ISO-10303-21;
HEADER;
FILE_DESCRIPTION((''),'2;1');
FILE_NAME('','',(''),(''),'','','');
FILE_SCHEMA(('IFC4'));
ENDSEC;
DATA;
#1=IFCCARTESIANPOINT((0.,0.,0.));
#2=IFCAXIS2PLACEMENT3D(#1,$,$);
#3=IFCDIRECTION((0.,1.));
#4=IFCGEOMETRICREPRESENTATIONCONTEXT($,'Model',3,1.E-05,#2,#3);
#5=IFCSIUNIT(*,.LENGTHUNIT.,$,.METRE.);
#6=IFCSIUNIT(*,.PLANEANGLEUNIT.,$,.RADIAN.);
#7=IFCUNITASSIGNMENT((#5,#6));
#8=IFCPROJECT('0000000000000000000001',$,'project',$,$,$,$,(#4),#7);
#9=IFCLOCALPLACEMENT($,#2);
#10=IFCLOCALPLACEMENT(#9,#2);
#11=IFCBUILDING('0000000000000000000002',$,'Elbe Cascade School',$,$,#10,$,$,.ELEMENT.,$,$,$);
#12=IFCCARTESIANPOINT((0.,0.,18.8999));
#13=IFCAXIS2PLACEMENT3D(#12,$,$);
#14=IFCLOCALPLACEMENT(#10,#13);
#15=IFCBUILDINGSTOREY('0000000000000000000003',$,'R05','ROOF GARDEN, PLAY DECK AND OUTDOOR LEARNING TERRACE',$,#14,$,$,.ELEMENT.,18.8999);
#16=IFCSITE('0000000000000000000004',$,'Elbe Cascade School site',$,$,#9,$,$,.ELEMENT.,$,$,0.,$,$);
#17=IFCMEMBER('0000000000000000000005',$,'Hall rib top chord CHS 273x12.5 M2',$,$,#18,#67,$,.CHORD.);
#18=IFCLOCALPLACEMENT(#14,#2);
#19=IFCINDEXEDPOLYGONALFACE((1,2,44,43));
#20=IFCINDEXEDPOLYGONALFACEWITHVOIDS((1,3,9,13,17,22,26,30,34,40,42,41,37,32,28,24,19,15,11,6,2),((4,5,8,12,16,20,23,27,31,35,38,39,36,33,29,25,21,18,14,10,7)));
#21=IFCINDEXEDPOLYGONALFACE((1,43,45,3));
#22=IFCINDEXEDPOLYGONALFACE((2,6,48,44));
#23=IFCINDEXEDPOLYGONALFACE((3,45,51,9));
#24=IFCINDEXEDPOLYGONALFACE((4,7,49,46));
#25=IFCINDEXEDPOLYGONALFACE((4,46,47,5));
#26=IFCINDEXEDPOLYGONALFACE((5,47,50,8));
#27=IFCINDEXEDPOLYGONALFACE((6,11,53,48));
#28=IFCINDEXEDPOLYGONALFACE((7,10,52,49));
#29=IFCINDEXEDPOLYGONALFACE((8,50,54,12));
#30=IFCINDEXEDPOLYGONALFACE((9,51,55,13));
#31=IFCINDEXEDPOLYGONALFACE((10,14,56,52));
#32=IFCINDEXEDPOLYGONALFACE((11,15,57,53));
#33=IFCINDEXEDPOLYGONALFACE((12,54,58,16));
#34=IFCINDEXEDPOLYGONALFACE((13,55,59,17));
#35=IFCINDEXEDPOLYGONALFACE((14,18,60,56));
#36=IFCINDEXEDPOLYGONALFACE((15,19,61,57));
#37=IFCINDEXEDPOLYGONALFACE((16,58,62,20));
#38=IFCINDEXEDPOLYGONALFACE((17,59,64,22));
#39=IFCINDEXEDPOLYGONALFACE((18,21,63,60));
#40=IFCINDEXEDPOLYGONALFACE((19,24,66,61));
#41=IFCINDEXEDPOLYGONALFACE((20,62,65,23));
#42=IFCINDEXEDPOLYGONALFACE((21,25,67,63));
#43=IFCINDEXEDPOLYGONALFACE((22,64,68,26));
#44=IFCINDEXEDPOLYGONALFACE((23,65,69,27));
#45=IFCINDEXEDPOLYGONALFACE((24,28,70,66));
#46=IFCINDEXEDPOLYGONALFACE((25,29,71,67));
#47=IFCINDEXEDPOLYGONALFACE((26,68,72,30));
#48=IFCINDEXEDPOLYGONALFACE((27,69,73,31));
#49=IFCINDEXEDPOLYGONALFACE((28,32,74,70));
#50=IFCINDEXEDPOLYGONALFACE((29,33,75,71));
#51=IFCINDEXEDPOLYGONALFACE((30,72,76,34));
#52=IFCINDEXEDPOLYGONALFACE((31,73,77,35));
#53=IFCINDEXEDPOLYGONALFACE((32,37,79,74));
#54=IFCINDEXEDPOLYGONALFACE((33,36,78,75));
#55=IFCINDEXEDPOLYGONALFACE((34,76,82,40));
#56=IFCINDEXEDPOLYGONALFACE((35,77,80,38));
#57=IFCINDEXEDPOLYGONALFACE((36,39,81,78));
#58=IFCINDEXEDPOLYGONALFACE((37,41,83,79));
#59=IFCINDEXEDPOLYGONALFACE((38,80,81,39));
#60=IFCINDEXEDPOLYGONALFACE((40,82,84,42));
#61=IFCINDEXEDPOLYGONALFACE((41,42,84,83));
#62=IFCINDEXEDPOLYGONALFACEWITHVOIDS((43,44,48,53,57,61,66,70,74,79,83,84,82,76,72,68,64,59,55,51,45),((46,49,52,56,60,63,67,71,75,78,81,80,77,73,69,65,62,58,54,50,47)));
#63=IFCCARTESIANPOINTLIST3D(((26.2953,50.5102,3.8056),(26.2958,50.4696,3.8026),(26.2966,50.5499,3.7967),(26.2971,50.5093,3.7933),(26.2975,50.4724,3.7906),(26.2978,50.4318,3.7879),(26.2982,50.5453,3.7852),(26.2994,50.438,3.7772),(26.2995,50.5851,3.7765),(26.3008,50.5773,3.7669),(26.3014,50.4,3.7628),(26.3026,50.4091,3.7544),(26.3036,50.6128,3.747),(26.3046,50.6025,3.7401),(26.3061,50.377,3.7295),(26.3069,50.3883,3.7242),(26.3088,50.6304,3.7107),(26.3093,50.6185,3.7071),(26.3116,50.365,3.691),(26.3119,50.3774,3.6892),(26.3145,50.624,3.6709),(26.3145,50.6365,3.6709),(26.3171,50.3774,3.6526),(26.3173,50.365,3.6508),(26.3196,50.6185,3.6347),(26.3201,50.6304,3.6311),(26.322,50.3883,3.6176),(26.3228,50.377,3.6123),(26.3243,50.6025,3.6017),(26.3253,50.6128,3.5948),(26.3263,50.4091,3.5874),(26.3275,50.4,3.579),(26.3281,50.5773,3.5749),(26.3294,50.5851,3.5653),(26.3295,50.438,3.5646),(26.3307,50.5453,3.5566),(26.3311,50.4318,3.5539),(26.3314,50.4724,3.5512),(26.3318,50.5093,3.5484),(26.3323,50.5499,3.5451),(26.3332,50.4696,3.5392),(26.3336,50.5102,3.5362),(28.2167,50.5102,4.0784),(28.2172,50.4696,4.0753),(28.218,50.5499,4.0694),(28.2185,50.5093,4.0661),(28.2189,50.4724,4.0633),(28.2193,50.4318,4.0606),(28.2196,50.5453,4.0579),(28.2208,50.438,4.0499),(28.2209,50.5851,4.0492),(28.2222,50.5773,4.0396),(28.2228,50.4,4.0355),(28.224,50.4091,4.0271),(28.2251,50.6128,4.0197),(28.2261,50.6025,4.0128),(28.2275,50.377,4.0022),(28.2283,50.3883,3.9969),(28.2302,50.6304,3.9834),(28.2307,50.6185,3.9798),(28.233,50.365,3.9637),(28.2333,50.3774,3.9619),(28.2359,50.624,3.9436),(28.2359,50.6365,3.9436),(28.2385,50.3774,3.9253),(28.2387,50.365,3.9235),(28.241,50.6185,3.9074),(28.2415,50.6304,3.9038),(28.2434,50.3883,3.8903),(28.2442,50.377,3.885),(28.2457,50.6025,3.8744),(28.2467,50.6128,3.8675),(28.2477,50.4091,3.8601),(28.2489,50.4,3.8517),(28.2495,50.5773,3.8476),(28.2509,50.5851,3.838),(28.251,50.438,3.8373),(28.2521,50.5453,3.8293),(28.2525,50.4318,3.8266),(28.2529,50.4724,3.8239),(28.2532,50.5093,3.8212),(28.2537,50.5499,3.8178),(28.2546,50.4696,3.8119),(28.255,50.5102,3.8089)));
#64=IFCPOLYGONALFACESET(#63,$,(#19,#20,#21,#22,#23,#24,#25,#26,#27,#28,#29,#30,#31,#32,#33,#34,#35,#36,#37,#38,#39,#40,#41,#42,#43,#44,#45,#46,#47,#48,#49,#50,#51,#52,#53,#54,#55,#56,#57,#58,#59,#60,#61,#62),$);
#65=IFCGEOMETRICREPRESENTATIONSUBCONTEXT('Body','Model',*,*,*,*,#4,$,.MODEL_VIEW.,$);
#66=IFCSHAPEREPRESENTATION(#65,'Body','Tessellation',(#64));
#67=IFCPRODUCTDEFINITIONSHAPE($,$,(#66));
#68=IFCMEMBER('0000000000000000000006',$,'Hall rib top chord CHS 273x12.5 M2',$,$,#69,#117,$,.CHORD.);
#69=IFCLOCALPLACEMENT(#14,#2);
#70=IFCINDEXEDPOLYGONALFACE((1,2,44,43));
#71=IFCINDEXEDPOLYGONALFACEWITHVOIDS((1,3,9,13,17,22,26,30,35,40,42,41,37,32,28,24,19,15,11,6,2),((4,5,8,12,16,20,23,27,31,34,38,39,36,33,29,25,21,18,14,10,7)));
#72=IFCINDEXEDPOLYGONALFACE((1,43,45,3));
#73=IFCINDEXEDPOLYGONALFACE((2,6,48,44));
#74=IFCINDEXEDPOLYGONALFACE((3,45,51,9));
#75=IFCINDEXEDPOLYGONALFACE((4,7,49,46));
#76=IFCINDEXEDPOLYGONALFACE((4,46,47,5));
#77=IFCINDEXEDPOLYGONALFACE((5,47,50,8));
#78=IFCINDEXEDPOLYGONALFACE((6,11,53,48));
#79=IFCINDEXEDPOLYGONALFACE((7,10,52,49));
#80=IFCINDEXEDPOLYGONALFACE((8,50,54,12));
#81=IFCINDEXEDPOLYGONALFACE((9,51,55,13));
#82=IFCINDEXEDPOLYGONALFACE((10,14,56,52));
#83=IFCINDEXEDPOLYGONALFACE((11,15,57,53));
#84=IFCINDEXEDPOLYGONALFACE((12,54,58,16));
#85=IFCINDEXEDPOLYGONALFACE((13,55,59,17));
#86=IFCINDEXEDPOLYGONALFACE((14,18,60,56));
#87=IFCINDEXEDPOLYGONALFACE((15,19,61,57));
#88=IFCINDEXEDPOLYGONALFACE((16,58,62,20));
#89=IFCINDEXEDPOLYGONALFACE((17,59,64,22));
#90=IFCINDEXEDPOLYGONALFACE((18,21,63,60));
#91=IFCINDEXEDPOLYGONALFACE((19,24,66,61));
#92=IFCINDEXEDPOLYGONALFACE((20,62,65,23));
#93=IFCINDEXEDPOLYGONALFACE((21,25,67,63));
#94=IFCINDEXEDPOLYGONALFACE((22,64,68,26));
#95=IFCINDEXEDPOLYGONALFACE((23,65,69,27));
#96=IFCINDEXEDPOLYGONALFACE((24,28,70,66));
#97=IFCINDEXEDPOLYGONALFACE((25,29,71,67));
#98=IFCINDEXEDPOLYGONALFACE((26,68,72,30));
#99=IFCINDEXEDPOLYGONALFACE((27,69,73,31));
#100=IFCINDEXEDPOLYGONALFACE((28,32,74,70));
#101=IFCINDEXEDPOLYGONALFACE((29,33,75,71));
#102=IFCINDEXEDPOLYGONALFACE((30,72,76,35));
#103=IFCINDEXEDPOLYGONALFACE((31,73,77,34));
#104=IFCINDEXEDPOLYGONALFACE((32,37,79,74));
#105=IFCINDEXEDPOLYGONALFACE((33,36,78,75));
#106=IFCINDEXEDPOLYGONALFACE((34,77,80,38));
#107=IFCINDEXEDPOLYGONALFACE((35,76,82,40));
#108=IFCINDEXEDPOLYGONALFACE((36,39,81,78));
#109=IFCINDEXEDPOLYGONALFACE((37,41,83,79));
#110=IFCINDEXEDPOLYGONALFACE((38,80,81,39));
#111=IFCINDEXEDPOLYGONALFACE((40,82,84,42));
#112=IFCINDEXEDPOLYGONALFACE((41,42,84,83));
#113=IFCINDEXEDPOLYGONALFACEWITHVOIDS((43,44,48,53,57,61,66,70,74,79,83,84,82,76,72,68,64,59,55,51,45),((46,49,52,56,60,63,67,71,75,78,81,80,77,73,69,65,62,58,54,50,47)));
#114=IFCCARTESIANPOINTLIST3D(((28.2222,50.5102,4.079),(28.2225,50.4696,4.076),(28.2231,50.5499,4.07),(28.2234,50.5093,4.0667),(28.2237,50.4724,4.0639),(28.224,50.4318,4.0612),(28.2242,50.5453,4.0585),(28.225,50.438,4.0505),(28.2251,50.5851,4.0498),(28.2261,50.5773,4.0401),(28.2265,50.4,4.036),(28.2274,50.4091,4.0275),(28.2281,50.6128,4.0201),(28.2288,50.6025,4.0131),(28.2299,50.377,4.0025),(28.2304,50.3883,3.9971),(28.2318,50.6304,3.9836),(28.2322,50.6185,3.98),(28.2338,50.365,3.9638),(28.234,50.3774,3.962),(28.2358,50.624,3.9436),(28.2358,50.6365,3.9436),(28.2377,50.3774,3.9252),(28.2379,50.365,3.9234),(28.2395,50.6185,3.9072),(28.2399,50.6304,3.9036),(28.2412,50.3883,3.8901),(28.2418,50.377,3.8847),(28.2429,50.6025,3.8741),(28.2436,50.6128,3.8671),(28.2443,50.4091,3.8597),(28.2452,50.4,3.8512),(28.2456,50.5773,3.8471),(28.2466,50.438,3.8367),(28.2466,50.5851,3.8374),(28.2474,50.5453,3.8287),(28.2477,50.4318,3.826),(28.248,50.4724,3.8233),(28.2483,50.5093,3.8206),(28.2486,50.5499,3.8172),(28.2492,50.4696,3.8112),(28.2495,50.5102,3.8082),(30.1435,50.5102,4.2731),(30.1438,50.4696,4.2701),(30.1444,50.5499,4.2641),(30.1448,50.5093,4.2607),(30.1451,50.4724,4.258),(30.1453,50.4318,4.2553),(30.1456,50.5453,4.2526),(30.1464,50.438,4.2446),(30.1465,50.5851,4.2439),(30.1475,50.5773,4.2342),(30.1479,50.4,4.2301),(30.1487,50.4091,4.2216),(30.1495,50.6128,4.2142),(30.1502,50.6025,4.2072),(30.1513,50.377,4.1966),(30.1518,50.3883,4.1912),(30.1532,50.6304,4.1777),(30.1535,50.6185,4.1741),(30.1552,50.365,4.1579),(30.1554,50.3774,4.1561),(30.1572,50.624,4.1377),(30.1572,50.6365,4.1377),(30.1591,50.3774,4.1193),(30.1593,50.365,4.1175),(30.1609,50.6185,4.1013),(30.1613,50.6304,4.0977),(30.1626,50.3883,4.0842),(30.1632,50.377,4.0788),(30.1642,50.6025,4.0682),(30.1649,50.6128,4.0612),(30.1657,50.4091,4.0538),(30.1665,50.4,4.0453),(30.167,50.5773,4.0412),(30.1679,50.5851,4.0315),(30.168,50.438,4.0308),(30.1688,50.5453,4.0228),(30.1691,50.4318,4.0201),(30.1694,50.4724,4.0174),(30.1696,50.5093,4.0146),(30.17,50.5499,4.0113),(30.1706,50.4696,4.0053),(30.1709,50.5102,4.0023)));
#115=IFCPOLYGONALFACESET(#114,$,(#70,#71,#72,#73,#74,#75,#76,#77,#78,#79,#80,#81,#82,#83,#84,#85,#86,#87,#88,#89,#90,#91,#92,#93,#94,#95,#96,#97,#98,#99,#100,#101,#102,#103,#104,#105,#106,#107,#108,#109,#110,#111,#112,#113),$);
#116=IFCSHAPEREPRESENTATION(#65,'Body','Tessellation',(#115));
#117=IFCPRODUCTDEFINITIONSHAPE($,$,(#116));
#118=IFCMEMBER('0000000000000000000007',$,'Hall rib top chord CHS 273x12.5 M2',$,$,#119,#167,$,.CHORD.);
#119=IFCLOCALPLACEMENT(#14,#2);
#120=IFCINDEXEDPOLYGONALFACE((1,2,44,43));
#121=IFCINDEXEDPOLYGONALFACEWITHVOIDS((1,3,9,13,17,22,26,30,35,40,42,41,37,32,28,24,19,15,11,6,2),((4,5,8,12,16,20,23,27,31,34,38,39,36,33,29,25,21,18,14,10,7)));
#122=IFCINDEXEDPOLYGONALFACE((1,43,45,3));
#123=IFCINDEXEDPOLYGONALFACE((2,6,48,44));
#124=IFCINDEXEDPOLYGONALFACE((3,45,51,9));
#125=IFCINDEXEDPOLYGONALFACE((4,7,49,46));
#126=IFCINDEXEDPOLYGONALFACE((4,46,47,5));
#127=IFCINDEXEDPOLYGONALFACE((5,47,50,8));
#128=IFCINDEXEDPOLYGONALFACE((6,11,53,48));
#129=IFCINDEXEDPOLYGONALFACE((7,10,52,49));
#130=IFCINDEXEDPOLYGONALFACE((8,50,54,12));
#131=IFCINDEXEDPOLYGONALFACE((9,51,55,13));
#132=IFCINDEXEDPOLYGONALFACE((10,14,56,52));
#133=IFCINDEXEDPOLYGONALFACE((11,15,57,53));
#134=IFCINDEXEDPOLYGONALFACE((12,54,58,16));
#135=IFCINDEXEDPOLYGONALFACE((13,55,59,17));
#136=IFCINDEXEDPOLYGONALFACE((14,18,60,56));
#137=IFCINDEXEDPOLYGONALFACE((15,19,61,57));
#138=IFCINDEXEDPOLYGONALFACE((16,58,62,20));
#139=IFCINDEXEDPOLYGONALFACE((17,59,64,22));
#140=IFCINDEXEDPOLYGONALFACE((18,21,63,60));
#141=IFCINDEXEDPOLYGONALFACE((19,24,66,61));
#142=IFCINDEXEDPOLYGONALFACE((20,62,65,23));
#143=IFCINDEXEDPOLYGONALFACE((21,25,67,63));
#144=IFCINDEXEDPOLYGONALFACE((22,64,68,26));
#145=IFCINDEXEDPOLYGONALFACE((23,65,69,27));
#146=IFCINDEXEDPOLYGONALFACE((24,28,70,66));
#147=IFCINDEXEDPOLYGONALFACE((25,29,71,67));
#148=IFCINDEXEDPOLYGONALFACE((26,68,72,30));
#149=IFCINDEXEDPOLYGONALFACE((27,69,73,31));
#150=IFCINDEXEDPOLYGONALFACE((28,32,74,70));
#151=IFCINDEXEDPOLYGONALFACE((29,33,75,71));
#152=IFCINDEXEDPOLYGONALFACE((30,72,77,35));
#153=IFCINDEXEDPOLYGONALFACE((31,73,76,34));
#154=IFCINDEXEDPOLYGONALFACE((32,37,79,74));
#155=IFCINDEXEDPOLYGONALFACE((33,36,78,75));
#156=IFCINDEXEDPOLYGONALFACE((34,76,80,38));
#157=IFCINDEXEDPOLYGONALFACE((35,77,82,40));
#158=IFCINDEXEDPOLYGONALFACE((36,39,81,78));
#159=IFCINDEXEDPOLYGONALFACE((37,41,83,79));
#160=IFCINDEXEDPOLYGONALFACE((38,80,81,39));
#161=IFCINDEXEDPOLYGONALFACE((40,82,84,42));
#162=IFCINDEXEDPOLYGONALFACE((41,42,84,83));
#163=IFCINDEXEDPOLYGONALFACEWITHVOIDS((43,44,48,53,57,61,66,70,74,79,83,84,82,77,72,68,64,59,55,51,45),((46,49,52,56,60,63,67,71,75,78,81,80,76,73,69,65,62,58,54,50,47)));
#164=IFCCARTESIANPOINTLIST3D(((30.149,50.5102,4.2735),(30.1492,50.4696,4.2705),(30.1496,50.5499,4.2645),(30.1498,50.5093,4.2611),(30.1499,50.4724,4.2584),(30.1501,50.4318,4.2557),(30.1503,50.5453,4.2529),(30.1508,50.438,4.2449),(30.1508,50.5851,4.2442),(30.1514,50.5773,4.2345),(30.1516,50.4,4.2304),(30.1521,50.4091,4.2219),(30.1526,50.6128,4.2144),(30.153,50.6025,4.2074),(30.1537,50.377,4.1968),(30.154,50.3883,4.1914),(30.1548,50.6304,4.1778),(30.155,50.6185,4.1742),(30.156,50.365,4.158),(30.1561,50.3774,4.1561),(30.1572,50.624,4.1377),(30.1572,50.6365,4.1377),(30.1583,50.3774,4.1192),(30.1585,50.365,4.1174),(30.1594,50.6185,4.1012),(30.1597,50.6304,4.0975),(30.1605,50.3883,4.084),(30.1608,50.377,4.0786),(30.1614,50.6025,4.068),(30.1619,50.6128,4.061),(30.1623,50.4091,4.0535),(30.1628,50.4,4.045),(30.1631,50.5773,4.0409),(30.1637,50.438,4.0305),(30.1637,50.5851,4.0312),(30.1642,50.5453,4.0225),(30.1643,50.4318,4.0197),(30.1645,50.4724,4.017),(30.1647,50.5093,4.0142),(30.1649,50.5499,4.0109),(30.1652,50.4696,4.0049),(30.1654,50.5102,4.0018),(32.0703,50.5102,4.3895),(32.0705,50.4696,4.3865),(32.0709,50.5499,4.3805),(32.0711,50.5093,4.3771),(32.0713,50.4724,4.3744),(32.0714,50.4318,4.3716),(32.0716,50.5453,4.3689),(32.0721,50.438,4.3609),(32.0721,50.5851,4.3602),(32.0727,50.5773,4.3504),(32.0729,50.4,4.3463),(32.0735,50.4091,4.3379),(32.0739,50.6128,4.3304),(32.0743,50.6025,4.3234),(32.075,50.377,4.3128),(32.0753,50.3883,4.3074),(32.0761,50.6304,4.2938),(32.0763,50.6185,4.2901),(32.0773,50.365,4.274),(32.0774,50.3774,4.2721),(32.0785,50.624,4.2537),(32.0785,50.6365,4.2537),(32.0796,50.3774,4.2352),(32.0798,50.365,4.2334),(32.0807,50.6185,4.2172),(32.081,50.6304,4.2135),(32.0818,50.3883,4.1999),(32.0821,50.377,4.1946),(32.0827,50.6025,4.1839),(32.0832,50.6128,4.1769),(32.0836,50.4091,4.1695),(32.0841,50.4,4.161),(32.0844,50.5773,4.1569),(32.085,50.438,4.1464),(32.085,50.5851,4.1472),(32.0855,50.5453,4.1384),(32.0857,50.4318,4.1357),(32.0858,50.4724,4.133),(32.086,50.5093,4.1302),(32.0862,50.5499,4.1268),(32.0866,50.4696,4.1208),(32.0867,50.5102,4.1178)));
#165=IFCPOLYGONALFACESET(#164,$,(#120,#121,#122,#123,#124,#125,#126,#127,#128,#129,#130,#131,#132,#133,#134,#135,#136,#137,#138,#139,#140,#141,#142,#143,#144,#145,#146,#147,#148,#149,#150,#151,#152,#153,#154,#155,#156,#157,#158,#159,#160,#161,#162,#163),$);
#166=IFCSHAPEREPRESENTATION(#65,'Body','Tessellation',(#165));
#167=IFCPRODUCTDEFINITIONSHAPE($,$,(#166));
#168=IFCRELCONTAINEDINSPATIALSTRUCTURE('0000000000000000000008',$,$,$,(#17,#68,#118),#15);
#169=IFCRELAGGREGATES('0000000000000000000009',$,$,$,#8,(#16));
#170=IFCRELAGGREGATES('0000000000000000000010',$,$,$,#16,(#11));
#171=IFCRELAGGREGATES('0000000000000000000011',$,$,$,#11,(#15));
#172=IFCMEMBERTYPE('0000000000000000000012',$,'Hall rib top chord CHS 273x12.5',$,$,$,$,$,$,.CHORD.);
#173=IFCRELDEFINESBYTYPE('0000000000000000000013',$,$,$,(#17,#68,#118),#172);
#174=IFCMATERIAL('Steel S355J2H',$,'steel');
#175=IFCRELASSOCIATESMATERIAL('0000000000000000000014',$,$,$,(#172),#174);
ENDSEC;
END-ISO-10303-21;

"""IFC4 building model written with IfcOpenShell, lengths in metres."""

from ifc_helpers import new_model, si_unit, direction, frame, origin, origin_2d, place, context, subcontext, project, spatial, hollow_circle, extrude, material, material_profile, profile_set, type_object, element, save


model = new_model("IFC4")

# Units and contexts
model_context = context("Model", 3, precision=1e-05, world=origin(), true_north=direction((0.0, 1.0)))
body_context = subcontext(model_context, "Body", "Model", "MODEL_VIEW")
ifc_project = project(units=[si_unit("LENGTHUNIT", "METRE"), si_unit("PLANEANGLEUNIT", "RADIAN")], contexts=[model_context])

# Site, building, storey
site_placement = place(None, origin())
site = spatial("IfcSite", under=ifc_project, at=site_placement, Name="Elbe Cascade School site", CompositionType="ELEMENT", RefElevation=0.0)
building_placement = place(site_placement, origin())
building = spatial("IfcBuilding", under=site, at=building_placement, Name="Elbe Cascade School", CompositionType="ELEMENT")
storey_placement = place(building_placement, frame((0.0, 0.0, 18.8999)))
storey = spatial("IfcBuildingStorey", under=building, at=storey_placement, Name="R05", Description="ROOF GARDEN, PLAY DECK AND OUTDOOR LEARNING TERRACE", CompositionType="ELEMENT", Elevation=18.8999)

# Members
ifc_material_1 = material(Name="Steel S355J2H", Category="steel")
ifc_material_profile_1 = material_profile(ifc_material_1, hollow_circle(Radius=0.1365, WallThickness=0.0125, at=origin_2d()), Name="CHS 273x12.5")
ifc_profile_set_1 = profile_set([ifc_material_profile_1], Name="Steel S355J2H")
member_type_1 = type_object("IfcMemberType", Name="Hall rib top chord CHS 273x12.5", PredefinedType="CHORD", material=ifc_profile_set_1)
member_1_placement = place(storey_placement, frame((26.3145, 50.5, 3.6709), z_axis=(0.990077, 0.0, 0.140523), x_axis=(0.0, 1.0, 0.0)))
element("IfcMember", 1, at=member_1_placement, inside=storey, type_object=member_type_1, Name="Hall rib top chord CHS 273x12.5 M2", PredefinedType="CHORD", context=body_context, shape_type="SweptSolid", body=[
    extrude(hollow_circle(Radius=0.1365, WallThickness=0.0125, at=origin_2d()), origin(), (0.0, 0.0, 1.0), 1.9407),
])
member_2_placement = place(storey_placement, frame((28.2358, 50.5, 3.9436), z_axis=(0.994937, 0.0, 0.100505), x_axis=(0.0, 1.0, 0.0)))
element("IfcMember", 2, at=member_2_placement, inside=storey, type_object=member_type_1, Name="Hall rib top chord CHS 273x12.5 M2", PredefinedType="CHORD", context=body_context, shape_type="SweptSolid", body=[
    extrude(hollow_circle(Radius=0.1365, WallThickness=0.0125, at=origin_2d()), origin(), (0.0, 0.0, 1.0), 1.9312),
])
member_3_placement = place(storey_placement, frame((30.1572, 50.5, 4.1377), z_axis=(0.998184, 0.0, 0.060246), x_axis=(0.0, 1.0, 0.0)))
element("IfcMember", 3, at=member_3_placement, inside=storey, type_object=member_type_1, Name="Hall rib top chord CHS 273x12.5 M2", PredefinedType="CHORD", context=body_context, shape_type="SweptSolid", body=[
    extrude(hollow_circle(Radius=0.1365, WallThickness=0.0125, at=origin_2d()), origin(), (0.0, 0.0, 1.0), 1.9248),
])

save(model, "model.ifc")
